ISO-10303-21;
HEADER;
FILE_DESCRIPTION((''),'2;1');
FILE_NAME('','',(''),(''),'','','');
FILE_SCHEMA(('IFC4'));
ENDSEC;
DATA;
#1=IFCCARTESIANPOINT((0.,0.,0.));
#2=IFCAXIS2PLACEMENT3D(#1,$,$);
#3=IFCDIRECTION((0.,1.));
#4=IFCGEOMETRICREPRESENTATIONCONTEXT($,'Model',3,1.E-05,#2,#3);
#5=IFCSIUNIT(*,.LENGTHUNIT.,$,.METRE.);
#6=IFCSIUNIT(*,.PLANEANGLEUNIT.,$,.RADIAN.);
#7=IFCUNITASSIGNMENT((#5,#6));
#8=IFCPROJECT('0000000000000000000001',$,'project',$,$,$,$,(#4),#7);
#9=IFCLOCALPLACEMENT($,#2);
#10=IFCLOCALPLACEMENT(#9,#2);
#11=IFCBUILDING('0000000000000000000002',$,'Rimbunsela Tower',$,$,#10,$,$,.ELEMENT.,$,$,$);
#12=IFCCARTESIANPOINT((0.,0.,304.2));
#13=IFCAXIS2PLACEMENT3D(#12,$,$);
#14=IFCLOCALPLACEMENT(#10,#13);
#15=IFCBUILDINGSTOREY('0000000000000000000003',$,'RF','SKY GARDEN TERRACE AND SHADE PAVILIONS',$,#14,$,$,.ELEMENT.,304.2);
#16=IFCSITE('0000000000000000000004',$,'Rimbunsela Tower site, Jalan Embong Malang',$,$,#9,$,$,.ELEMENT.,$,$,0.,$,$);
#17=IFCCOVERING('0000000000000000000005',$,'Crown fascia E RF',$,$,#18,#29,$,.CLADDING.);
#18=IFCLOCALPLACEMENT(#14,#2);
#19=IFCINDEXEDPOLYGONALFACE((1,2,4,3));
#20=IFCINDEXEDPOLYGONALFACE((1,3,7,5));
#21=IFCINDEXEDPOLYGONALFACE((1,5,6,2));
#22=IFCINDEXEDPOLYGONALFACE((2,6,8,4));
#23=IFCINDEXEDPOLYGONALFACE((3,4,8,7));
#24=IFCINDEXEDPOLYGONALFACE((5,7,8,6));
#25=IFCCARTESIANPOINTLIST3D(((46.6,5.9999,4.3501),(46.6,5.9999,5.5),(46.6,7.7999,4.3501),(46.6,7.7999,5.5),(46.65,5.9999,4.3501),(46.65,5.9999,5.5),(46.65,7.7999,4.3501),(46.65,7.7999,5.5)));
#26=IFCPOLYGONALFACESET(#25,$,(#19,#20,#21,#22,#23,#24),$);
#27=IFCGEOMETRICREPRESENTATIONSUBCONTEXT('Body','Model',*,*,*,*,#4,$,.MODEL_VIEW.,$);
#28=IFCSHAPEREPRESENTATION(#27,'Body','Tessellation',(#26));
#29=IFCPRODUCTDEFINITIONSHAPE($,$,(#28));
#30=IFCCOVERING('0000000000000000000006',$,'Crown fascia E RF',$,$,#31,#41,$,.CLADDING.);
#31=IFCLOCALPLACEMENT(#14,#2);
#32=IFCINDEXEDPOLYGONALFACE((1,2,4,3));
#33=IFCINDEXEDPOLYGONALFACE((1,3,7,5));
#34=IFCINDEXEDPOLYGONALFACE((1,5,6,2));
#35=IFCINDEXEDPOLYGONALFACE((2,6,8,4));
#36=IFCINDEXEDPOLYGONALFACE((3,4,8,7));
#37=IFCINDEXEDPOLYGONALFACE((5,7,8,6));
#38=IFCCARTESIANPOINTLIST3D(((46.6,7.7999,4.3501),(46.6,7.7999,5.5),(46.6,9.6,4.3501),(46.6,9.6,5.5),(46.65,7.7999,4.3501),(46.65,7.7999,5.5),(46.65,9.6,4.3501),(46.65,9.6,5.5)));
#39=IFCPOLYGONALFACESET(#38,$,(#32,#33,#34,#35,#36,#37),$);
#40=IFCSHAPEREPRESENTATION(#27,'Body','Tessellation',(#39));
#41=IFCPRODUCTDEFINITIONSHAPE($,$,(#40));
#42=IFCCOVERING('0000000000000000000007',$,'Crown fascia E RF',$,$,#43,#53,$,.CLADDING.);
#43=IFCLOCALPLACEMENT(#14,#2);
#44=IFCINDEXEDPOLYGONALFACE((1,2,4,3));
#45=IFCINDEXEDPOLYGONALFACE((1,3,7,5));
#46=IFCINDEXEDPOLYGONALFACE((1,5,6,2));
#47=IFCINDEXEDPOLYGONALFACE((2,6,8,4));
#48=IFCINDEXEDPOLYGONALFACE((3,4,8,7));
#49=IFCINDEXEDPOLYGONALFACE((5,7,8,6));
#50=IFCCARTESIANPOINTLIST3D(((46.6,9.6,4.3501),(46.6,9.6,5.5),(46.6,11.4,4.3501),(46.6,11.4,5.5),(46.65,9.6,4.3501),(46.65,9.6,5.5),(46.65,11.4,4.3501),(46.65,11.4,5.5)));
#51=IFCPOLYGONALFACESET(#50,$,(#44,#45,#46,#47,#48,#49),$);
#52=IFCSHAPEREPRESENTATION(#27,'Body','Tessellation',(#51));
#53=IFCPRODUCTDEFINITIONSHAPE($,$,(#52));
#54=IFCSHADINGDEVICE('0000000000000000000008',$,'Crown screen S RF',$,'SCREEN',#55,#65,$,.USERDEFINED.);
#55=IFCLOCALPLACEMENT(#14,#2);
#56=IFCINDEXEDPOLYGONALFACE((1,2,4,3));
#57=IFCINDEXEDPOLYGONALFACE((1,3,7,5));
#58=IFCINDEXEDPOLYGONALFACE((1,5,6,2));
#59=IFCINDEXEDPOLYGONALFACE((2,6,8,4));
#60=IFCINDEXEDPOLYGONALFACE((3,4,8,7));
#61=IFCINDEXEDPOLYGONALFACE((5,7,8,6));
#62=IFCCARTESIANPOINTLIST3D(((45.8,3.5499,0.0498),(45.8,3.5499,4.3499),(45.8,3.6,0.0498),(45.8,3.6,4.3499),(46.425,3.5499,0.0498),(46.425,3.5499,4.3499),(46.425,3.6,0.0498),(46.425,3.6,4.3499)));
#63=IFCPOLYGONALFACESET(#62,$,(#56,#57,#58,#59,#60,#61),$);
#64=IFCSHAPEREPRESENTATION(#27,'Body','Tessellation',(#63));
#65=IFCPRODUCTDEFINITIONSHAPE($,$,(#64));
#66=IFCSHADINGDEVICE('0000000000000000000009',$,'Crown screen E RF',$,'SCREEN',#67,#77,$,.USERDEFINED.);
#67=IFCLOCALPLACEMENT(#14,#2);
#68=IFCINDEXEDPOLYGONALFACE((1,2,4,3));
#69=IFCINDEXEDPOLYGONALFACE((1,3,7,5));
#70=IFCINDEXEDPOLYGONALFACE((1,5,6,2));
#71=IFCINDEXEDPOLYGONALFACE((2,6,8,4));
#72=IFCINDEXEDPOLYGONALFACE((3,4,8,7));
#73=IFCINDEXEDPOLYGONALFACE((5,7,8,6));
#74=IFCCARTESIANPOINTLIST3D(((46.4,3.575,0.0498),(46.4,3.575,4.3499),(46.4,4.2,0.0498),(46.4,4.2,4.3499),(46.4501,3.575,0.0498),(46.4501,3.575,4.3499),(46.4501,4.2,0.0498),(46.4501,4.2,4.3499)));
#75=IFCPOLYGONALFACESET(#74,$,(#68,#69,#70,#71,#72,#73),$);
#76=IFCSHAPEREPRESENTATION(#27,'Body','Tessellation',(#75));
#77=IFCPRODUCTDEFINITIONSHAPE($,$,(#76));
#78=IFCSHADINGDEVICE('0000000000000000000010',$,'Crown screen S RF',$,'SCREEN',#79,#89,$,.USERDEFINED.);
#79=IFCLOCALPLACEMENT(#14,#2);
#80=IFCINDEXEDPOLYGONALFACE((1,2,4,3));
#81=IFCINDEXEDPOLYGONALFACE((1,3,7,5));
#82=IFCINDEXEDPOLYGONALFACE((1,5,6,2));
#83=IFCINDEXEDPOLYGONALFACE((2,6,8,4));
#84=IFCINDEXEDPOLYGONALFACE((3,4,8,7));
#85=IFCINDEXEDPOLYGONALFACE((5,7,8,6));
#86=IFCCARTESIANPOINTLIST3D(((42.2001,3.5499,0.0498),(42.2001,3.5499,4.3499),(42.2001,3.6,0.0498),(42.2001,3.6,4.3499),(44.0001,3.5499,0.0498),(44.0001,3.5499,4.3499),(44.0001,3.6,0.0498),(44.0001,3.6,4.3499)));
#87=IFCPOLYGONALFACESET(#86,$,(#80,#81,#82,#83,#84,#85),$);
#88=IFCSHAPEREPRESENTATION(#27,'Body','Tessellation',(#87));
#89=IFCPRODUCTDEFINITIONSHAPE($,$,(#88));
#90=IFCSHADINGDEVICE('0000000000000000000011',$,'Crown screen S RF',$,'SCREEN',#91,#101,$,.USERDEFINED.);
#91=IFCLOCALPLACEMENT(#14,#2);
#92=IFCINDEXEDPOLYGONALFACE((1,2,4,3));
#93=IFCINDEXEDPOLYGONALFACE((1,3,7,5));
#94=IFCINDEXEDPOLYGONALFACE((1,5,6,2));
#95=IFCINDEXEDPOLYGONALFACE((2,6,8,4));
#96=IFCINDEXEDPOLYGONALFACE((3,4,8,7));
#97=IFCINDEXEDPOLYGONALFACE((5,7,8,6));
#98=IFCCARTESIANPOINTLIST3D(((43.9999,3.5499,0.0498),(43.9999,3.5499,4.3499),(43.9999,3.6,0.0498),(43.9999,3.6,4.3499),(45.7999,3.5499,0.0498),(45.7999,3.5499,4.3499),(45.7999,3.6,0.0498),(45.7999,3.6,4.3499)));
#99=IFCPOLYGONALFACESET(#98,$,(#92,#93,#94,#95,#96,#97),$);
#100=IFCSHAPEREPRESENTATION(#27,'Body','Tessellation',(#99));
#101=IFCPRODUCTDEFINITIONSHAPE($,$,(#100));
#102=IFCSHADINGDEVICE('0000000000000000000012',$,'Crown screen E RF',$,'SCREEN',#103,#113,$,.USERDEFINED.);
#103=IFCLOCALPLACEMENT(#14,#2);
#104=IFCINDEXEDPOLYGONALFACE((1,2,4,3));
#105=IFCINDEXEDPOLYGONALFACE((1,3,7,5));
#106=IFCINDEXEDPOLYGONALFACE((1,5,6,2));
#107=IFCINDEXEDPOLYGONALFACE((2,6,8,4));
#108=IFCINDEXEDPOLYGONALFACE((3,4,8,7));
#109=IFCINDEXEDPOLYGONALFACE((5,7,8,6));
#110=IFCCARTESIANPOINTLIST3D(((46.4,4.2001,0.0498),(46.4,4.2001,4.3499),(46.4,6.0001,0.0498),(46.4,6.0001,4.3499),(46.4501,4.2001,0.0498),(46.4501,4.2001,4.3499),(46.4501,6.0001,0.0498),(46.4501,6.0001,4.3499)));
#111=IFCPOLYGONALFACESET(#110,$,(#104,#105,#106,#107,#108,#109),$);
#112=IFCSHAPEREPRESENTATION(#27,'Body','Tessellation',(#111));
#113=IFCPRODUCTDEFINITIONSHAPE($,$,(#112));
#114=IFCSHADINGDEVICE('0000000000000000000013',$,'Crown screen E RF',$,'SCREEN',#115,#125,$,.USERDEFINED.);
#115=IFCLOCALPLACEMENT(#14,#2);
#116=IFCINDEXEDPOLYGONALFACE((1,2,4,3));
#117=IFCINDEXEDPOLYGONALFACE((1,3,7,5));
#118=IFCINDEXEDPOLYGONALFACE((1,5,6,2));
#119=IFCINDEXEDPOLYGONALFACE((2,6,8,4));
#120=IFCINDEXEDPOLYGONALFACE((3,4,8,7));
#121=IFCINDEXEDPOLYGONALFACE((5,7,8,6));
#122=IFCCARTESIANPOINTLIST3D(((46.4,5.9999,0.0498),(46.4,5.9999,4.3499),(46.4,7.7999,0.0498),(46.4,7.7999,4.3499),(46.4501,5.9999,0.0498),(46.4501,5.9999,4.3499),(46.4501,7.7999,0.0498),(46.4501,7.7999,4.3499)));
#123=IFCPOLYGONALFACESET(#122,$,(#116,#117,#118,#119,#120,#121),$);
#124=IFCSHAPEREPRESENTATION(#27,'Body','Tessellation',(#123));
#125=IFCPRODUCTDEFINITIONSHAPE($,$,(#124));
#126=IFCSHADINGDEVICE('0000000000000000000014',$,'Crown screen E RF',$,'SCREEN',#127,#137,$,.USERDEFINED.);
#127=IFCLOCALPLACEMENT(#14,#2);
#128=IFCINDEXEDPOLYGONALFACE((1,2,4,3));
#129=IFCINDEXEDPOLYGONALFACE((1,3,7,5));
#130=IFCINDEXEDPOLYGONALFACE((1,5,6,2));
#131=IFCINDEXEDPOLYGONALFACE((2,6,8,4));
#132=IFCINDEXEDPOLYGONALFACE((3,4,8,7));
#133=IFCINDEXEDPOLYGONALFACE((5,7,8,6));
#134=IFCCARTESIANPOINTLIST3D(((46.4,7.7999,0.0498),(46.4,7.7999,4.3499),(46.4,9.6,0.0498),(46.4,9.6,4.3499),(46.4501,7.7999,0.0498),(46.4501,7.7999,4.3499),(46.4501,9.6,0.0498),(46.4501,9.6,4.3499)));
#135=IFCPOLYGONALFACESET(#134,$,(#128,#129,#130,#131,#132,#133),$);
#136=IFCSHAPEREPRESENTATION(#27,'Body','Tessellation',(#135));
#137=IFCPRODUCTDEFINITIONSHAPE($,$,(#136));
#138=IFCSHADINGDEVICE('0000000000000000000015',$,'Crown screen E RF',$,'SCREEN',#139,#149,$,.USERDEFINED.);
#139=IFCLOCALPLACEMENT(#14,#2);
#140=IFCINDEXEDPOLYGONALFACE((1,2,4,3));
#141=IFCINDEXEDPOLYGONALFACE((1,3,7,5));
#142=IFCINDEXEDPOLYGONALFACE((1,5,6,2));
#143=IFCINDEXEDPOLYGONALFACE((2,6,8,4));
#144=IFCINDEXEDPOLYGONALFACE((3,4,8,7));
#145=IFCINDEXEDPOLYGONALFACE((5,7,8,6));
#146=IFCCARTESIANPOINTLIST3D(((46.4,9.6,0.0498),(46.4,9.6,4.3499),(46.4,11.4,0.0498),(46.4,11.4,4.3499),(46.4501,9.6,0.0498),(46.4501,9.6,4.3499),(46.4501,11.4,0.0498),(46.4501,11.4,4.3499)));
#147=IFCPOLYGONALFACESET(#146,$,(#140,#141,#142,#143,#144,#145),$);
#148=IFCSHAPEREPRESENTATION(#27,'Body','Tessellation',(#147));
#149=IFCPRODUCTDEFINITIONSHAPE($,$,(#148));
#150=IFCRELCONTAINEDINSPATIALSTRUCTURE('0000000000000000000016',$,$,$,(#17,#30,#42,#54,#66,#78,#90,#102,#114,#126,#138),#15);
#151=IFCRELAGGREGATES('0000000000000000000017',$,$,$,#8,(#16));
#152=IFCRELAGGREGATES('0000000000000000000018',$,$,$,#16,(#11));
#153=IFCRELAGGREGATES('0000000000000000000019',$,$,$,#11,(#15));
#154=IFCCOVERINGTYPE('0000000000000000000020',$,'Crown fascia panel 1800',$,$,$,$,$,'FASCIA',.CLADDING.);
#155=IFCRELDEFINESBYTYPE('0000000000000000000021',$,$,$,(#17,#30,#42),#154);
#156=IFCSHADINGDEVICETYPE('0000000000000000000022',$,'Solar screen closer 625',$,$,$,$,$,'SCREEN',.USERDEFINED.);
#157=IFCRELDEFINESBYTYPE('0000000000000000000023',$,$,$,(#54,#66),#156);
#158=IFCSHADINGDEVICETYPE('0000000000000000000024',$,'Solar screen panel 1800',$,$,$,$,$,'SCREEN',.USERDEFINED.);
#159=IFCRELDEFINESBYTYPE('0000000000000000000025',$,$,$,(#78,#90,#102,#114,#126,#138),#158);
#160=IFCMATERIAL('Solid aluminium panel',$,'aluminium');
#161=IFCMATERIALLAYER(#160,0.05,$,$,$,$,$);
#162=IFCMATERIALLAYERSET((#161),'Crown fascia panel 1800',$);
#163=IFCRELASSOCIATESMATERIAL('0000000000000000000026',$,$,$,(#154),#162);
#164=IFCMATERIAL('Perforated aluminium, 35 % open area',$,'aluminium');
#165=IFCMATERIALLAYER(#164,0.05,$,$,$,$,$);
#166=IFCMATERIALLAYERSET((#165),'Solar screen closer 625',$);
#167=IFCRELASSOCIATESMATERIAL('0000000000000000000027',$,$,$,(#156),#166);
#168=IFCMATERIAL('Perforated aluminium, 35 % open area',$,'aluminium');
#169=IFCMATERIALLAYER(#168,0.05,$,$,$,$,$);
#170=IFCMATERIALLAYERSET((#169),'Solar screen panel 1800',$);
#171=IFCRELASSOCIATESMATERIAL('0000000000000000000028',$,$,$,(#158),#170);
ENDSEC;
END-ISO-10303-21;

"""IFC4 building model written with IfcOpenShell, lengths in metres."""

from ifc_helpers import new_model, si_unit, direction, frame, origin, origin_2d, place, context, subcontext, project, spatial, rectangle, extrude, material, layer, layer_set, type_object, element, save


model = new_model("IFC4")

# Units and contexts
model_context = context("Model", 3, precision=1e-05, world=origin(), true_north=direction((0.0, 1.0)))
body_context = subcontext(model_context, "Body", "Model", "MODEL_VIEW")
ifc_project = project(units=[si_unit("LENGTHUNIT", "METRE"), si_unit("PLANEANGLEUNIT", "RADIAN")], contexts=[model_context])

# Site, building, storey
site_placement = place(None, origin())
site = spatial("IfcSite", under=ifc_project, at=site_placement, Name="Rimbunsela Tower site, Jalan Embong Malang", CompositionType="ELEMENT", RefElevation=0.0)
building_placement = place(site_placement, origin())
building = spatial("IfcBuilding", under=site, at=building_placement, Name="Rimbunsela Tower", CompositionType="ELEMENT")
storey_placement = place(building_placement, frame((0.0, 0.0, 304.2)))
storey = spatial("IfcBuildingStorey", under=building, at=storey_placement, Name="RF", Description="SKY GARDEN TERRACE AND SHADE PAVILIONS", CompositionType="ELEMENT", Elevation=304.2)

# Coverings
ifc_material_1 = material(Name="Solid aluminium panel", Category="aluminium")
ifc_layer_1 = layer(ifc_material_1, 0.05)
ifc_layer_set_1 = layer_set([ifc_layer_1], Name="Crown fascia panel 1800")
covering_type_1 = type_object("IfcCoveringType", Name="Crown fascia panel 1800", ElementType="FASCIA", PredefinedType="CLADDING", material=ifc_layer_set_1)
for number, where, z_axis, x_axis, name in (
    (1, (46.625, 6.8999, 4.3501), (0.0, 0.0, 1.0), (0.0, 1.0, 0.0), "Crown fascia E RF"),
    (2, (46.625, 8.7, 4.3501), (0.0, 0.0, 1.0), (0.0, 1.0, 0.0), "Crown fascia E RF"),
    (3, (46.625, 10.5, 4.3501), (0.0, 0.0, 1.0), (0.0, 1.0, 0.0), "Crown fascia E RF"),
):
    element("IfcCovering", number, at=place(storey_placement, frame(where, z_axis=z_axis, x_axis=x_axis)), inside=storey, type_object=covering_type_1, Name=name, PredefinedType="CLADDING", context=body_context, shape_type="SweptSolid", body=[
        extrude(rectangle(XDim=1.8, YDim=0.05, at=origin_2d()), origin(), (0.0, 0.0, 1.0), 1.1499),
    ])

# Shading devices
ifc_material_2 = material(Name="Perforated aluminium, 35 % open area", Category="aluminium")
ifc_layer_2 = layer(ifc_material_2, 0.05)
ifc_layer_set_2 = layer_set([ifc_layer_2], Name="Solar screen closer 625")
shading_device_type_1 = type_object("IfcShadingDeviceType", Name="Solar screen closer 625", ElementType="SCREEN", PredefinedType="USERDEFINED", material=ifc_layer_set_2)
for number, where, z_axis, x_axis, name in (
    (4, (46.1125, 3.575, 0.0498), (0.0, 0.0, 1.0), (1.0, 0.0, 0.0), "Crown screen S RF"),
    (5, (46.425, 3.8875, 0.0498), (0.0, 0.0, 1.0), (0.0, 1.0, 0.0), "Crown screen E RF"),
):
    element("IfcShadingDevice", number, at=place(storey_placement, frame(where, z_axis=z_axis, x_axis=x_axis)), inside=storey, type_object=shading_device_type_1, Name=name, ObjectType="SCREEN", PredefinedType="USERDEFINED", context=body_context, shape_type="SweptSolid", body=[
        extrude(rectangle(XDim=0.625, YDim=0.05, at=origin_2d()), origin(), (0.0, 0.0, 1.0), 4.3),
    ])
ifc_material_3 = material(Name="Perforated aluminium, 35 % open area", Category="aluminium")
ifc_layer_3 = layer(ifc_material_3, 0.05)
ifc_layer_set_3 = layer_set([ifc_layer_3], Name="Solar screen panel 1800")
shading_device_type_2 = type_object("IfcShadingDeviceType", Name="Solar screen panel 1800", ElementType="SCREEN", PredefinedType="USERDEFINED", material=ifc_layer_set_3)
for number, where, z_axis, x_axis, name in (
    (6, (43.1001, 3.575, 0.0498), (0.0, 0.0, 1.0), (1.0, 0.0, 0.0), "Crown screen S RF"),
    (7, (44.8999, 3.575, 0.0498), (0.0, 0.0, 1.0), (1.0, 0.0, 0.0), "Crown screen S RF"),
    (8, (46.425, 5.1001, 0.0498), (0.0, 0.0, 1.0), (0.0, 1.0, 0.0), "Crown screen E RF"),
    (9, (46.425, 6.8999, 0.0498), (0.0, 0.0, 1.0), (0.0, 1.0, 0.0), "Crown screen E RF"),
    (10, (46.425, 8.7, 0.0498), (0.0, 0.0, 1.0), (0.0, 1.0, 0.0), "Crown screen E RF"),
    (11, (46.425, 10.5, 0.0498), (0.0, 0.0, 1.0), (0.0, 1.0, 0.0), "Crown screen E RF"),
):
    element("IfcShadingDevice", number, at=place(storey_placement, frame(where, z_axis=z_axis, x_axis=x_axis)), inside=storey, type_object=shading_device_type_2, Name=name, ObjectType="SCREEN", PredefinedType="USERDEFINED", context=body_context, shape_type="SweptSolid", body=[
        extrude(rectangle(XDim=1.8, YDim=0.05, at=origin_2d()), origin(), (0.0, 0.0, 1.0), 4.3),
    ])

save(model, "model.ifc")
